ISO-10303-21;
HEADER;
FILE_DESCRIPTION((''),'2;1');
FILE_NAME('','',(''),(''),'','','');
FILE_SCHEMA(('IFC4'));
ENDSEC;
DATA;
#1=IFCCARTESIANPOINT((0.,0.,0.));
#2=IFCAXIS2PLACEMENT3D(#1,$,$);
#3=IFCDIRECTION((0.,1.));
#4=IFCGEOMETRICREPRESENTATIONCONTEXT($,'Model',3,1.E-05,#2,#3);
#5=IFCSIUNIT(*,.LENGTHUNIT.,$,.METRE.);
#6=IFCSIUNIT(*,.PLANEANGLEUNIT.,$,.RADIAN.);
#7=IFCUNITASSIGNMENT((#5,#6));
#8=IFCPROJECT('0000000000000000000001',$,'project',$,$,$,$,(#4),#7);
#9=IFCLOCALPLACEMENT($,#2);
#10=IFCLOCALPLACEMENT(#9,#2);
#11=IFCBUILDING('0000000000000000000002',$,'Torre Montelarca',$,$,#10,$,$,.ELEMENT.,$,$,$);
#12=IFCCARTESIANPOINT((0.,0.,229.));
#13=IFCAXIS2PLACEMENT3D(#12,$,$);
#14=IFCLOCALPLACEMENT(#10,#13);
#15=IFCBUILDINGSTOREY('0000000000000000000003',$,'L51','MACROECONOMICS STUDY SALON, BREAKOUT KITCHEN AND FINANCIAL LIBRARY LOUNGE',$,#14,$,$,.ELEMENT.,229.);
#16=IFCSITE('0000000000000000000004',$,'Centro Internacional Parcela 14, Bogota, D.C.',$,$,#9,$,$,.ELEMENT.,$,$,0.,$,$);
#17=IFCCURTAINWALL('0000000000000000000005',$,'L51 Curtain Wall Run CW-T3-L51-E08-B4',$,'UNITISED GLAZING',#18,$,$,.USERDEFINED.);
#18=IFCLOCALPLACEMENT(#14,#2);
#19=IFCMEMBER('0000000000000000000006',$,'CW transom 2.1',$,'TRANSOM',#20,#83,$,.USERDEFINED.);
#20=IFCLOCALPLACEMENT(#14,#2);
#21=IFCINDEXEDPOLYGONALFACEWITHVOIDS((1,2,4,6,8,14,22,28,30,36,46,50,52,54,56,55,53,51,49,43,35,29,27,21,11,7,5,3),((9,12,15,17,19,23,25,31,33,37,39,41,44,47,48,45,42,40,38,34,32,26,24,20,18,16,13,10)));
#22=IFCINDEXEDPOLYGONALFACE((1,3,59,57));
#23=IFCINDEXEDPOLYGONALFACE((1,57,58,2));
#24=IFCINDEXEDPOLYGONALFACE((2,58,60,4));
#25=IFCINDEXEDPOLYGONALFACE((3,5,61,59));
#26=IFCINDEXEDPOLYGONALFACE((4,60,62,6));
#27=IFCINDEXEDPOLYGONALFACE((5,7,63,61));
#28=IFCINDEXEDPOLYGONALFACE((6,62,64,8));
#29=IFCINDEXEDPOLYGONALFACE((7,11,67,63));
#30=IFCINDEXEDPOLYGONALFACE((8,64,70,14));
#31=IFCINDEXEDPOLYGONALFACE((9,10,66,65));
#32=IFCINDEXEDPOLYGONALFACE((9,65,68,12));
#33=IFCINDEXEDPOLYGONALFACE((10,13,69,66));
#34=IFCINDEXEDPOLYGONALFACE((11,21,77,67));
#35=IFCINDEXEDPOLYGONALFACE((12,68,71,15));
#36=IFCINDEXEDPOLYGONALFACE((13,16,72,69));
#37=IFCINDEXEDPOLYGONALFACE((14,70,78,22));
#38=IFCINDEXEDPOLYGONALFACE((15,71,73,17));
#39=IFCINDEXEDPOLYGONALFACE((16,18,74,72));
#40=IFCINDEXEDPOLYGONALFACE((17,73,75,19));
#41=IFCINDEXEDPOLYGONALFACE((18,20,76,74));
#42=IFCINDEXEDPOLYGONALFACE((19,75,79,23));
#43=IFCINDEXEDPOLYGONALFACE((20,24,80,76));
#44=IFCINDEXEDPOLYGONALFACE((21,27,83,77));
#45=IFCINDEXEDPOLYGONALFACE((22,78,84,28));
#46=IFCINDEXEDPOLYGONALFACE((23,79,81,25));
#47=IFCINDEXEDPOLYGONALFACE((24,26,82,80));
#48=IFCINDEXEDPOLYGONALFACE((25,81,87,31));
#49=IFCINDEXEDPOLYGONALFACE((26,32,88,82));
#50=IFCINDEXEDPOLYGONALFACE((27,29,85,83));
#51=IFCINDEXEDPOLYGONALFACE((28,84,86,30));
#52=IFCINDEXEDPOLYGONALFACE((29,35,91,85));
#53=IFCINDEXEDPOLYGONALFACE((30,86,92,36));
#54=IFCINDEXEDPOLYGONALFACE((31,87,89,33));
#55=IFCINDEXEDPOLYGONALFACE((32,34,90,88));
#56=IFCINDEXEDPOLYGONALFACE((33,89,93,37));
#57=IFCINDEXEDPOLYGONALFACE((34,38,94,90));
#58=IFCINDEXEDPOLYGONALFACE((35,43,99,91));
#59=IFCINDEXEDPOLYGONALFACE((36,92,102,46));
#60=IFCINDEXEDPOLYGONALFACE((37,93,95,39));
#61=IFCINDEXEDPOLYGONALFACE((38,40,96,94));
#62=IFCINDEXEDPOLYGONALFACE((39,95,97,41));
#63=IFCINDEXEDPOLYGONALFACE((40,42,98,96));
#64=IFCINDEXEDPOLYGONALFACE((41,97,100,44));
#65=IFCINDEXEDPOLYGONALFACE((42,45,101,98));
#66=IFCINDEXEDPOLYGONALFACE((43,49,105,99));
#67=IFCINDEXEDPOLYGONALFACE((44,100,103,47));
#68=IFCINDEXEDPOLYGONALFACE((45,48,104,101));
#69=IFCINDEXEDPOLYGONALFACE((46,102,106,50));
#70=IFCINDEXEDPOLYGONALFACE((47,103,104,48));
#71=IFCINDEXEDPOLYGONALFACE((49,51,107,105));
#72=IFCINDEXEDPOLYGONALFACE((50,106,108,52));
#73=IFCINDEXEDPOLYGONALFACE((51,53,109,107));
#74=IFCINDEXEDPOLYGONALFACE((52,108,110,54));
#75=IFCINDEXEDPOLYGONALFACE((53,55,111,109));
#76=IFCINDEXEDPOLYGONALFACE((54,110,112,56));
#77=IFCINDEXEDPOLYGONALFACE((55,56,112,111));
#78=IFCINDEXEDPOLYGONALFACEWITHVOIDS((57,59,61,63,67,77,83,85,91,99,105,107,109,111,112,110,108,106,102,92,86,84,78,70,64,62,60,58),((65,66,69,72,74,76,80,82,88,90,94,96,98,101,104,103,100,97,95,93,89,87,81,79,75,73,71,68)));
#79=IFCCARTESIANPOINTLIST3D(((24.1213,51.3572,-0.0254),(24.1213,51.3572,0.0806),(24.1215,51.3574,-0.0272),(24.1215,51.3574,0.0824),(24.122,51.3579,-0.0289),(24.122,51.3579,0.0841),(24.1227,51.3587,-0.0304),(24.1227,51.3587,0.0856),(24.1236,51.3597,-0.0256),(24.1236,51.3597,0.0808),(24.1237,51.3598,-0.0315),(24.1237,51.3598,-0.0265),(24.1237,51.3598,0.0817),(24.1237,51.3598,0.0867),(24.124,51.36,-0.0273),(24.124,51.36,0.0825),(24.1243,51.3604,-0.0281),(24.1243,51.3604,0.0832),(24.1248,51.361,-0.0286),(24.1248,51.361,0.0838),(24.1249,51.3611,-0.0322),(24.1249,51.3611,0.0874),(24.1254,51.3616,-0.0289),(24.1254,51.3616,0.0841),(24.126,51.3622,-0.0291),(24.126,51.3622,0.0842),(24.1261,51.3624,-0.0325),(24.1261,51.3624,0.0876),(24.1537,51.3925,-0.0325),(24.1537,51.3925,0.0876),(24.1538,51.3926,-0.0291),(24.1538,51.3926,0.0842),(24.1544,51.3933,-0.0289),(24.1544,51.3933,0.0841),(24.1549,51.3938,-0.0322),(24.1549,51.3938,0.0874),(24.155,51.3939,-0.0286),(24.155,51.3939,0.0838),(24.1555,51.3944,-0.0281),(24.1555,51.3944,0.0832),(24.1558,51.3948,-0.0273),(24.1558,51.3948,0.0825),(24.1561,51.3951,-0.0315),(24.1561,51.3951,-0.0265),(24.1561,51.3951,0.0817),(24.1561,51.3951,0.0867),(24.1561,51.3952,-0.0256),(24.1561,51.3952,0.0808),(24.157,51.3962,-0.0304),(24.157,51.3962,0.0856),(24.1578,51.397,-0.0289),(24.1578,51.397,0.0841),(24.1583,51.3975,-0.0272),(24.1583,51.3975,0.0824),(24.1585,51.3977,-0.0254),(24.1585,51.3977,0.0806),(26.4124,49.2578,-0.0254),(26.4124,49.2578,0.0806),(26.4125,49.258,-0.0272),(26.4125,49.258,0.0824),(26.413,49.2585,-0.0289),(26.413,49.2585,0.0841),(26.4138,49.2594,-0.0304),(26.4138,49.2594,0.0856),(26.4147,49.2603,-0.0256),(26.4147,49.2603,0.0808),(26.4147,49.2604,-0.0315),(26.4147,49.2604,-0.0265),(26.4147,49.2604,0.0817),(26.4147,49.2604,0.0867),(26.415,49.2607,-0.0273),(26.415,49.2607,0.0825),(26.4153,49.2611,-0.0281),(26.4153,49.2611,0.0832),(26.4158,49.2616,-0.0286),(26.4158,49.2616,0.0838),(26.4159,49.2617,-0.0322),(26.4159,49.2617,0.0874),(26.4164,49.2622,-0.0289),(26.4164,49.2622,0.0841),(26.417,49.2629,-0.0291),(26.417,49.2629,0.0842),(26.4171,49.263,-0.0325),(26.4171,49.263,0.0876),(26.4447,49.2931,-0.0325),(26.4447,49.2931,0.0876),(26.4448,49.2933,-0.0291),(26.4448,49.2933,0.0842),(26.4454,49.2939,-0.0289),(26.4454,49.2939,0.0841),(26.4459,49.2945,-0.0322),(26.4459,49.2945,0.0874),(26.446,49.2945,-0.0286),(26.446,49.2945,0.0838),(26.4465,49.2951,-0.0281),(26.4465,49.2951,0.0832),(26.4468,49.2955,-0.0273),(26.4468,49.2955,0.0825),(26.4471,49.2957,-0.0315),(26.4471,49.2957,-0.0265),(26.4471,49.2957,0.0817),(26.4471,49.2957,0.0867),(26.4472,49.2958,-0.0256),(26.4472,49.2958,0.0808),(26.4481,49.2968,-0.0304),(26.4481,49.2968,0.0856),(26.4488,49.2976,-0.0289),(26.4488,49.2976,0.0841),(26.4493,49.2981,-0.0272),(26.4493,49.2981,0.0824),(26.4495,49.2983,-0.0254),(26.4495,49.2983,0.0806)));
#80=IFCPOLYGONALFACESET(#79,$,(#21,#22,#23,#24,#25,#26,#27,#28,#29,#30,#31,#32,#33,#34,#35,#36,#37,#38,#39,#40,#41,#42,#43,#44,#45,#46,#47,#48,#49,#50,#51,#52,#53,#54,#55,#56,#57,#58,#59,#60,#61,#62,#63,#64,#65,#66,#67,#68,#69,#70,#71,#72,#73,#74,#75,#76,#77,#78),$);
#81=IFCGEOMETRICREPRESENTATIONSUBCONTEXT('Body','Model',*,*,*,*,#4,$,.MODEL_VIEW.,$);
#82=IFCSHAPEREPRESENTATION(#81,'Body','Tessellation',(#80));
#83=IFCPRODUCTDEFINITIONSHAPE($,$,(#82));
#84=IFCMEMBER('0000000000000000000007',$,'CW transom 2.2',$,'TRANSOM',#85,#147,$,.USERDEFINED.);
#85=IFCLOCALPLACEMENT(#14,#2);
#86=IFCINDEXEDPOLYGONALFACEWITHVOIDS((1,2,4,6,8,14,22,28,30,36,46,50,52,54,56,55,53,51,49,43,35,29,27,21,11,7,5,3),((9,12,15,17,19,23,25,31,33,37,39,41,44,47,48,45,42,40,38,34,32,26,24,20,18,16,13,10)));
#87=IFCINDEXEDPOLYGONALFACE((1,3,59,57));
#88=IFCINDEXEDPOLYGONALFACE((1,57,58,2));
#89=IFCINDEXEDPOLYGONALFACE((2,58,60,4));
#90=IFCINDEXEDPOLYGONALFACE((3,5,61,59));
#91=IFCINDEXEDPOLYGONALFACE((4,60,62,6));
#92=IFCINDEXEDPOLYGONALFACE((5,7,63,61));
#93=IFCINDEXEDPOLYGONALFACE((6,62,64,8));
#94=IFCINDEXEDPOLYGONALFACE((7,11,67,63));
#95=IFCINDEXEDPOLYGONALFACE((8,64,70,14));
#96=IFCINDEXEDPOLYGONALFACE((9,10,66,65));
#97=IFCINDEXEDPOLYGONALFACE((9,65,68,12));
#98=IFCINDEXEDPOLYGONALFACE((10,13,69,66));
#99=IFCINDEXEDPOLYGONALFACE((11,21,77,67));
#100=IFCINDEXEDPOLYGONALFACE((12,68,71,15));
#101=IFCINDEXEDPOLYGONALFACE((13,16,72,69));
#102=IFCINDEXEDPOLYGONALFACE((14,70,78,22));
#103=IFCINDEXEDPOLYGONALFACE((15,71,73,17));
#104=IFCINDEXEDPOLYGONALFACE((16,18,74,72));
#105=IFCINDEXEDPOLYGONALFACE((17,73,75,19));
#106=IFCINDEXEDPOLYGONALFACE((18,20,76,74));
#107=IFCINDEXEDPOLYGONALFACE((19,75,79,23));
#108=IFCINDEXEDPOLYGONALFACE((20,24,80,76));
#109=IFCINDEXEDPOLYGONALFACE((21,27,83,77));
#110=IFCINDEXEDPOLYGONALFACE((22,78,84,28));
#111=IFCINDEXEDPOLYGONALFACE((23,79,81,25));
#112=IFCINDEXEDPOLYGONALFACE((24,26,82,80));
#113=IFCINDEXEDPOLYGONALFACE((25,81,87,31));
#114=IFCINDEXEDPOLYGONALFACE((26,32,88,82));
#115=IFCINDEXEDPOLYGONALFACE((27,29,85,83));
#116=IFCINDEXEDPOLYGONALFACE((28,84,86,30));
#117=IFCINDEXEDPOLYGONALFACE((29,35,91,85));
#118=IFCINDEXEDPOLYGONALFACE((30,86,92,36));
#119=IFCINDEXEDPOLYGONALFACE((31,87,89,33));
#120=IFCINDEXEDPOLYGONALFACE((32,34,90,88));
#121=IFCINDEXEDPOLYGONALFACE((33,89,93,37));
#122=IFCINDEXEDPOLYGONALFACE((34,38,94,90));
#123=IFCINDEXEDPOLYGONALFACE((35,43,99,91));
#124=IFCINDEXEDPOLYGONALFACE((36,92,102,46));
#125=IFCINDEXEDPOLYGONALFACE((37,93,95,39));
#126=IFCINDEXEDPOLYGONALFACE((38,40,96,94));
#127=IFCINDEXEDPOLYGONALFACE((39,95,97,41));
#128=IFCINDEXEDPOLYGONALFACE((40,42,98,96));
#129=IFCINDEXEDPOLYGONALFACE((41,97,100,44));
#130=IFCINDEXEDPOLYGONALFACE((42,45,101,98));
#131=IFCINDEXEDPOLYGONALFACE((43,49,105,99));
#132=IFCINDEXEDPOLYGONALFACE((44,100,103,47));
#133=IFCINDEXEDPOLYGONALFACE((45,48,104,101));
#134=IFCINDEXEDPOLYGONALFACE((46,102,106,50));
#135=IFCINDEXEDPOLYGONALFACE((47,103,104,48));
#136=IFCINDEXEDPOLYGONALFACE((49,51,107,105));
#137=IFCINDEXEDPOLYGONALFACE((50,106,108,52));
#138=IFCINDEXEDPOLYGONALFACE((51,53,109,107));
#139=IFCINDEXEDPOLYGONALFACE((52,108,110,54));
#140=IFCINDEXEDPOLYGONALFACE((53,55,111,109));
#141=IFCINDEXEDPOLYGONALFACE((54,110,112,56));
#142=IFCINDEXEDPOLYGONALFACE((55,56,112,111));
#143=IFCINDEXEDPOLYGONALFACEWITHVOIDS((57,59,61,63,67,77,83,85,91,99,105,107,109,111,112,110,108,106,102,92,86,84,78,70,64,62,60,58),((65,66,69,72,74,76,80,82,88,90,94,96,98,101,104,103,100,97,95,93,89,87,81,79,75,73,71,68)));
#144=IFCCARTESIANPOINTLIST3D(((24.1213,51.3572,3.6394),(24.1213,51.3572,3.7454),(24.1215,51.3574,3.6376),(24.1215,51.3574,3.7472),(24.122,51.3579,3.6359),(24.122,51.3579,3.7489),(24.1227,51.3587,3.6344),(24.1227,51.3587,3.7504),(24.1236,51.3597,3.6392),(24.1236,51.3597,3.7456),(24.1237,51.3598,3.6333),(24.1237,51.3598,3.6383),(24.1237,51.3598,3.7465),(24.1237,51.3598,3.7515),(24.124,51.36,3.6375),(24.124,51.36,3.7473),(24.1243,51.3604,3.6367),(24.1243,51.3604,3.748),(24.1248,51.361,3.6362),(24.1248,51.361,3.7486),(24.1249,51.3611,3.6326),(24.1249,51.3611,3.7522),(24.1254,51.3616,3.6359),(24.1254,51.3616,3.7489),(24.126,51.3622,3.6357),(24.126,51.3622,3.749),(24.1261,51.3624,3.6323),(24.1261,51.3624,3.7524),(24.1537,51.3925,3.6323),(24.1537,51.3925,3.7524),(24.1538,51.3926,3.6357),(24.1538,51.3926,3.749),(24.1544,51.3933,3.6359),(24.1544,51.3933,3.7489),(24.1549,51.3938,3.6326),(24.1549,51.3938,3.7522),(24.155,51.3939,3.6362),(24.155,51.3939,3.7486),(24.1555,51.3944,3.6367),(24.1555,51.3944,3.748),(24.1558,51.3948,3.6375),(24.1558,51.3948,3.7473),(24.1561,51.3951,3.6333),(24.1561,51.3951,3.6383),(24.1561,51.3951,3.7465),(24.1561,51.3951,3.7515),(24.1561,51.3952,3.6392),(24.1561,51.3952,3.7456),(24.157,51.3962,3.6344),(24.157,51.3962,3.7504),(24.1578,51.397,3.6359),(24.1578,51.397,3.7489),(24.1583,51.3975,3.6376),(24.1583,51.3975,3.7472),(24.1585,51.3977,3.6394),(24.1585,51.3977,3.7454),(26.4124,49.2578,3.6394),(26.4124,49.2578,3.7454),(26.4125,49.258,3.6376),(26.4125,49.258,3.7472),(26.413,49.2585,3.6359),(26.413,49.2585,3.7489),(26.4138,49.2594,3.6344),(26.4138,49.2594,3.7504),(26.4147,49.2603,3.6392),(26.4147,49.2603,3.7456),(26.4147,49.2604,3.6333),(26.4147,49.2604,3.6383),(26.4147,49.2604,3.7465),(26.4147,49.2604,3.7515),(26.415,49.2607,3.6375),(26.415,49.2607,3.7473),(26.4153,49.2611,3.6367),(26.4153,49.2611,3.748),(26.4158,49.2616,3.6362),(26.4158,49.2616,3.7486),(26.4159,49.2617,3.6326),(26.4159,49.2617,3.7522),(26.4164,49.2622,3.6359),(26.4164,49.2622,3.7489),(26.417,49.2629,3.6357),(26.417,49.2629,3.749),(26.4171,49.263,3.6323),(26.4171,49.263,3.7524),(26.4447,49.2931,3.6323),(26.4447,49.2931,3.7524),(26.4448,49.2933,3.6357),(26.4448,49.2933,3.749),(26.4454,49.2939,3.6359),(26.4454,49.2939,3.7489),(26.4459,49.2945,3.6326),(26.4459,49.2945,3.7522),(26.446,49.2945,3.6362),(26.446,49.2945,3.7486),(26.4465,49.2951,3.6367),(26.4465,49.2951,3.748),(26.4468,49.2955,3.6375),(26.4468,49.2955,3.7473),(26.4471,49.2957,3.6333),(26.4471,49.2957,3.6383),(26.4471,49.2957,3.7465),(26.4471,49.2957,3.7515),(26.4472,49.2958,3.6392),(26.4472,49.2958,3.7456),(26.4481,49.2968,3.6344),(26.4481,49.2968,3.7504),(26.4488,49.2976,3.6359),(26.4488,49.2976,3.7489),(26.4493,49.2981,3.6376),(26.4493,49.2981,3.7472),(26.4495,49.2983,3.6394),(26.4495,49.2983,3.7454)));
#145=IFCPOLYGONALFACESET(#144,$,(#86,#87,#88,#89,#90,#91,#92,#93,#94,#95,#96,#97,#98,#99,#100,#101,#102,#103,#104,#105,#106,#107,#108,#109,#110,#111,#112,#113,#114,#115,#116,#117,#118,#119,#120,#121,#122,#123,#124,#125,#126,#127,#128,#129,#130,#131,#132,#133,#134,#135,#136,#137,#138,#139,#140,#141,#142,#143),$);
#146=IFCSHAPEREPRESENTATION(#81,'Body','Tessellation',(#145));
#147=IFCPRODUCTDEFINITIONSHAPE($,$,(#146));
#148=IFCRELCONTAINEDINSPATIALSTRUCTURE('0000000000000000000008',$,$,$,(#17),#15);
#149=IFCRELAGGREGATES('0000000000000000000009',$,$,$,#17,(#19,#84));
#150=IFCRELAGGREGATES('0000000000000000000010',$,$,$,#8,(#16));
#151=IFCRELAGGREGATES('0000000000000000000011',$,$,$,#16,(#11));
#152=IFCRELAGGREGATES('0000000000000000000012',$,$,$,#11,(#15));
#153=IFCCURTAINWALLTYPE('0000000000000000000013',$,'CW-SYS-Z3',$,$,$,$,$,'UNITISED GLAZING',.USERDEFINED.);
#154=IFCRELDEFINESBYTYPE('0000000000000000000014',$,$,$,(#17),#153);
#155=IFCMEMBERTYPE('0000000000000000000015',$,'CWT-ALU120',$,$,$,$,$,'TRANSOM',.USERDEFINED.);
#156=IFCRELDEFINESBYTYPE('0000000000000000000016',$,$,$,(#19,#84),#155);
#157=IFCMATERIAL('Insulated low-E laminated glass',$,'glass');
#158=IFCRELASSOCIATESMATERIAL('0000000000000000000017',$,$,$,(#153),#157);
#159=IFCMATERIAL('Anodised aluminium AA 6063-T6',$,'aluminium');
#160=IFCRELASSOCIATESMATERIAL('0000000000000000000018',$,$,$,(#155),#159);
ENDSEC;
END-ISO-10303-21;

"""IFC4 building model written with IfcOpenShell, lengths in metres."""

from ifc_helpers import new_model, si_unit, direction, frame, origin, origin_2d, place, context, subcontext, project, spatial, hollow_rectangle, extrude, source, transform, mapped, material, material_profile, profile_set, type_object, element, aggregate, save


model = new_model("IFC4")

# Units and contexts
model_context = context("Model", 3, precision=1e-05, world=origin(), true_north=direction((0.0, 1.0)))
body_context = subcontext(model_context, "Body", "Model", "MODEL_VIEW")
ifc_project = project(units=[si_unit("LENGTHUNIT", "METRE"), si_unit("PLANEANGLEUNIT", "RADIAN")], contexts=[model_context])

# Site, building, storey
site_placement = place(None, origin())
site = spatial("IfcSite", under=ifc_project, at=site_placement, Name="Centro Internacional Parcela 14, Bogota, D.C.", CompositionType="ELEMENT", RefElevation=0.0)
building_placement = place(site_placement, origin())
building = spatial("IfcBuilding", under=site, at=building_placement, Name="Torre Montelarca", CompositionType="ELEMENT")
storey_placement = place(building_placement, frame((0.0, 0.0, 229.0)))
storey = spatial("IfcBuildingStorey", under=building, at=storey_placement, Name="L51", Description="MACROECONOMICS STUDY SALON, BREAKOUT KITCHEN AND FINANCIAL LIBRARY LOUNGE", CompositionType="ELEMENT", Elevation=229.0)

# Curtain wall
ifc_material_1 = material(Name="Insulated low-E laminated glass", Category="glass")
curtain_wall_type = type_object("IfcCurtainWallType", Name="CW-SYS-Z3", ElementType="UNITISED GLAZING", PredefinedType="USERDEFINED", material=ifc_material_1)
curtain_wall_1_placement = place(storey_placement, origin())
curtain_wall_1 = element("IfcCurtainWall", 1, at=curtain_wall_1_placement, inside=storey, type_object=curtain_wall_type, Name="L51 Curtain Wall Run CW-T3-L51-E08-B4", ObjectType="UNITISED GLAZING", PredefinedType="USERDEFINED")
ifc_material_2 = material(Name="Anodised aluminium AA 6063-T6", Category="aluminium")

# Members
ifc_material_profile_1 = material_profile(ifc_material_2, hollow_rectangle(XDim=0.0549, YDim=0.1201, WallThickness=0.0034, InnerFilletRadius=0.0034, OuterFilletRadius=0.0071, at=origin_2d()), Name="ALU55X120X3.5", Category="aluminium")
ifc_profile_set_1 = profile_set([ifc_material_profile_1], Name="Anodised aluminium AA 6063-T6")
member_type_1 = type_object("IfcMemberType", Name="CWT-ALU120", ElementType="TRANSOM", PredefinedType="USERDEFINED", material=ifc_profile_set_1)
shared_shape_1 = source(origin(), body_context, "Body", "SweptSolid", [
    extrude(hollow_rectangle(XDim=0.0549, YDim=0.1201, WallThickness=0.0034, InnerFilletRadius=0.0034, OuterFilletRadius=0.0071, at=origin_2d()), origin(), (0.0, 0.0, 1.0), 3.1074),
])
member_1_placement = place(storey_placement, frame((26.4309, 49.2781, 0.0276), z_axis=(-0.737272, 0.675597, 0.0), x_axis=(-0.675597, -0.737272, 0.0)))
member_1 = element("IfcMember", 2, at=member_1_placement, type_object=member_type_1, Name="CW transom 2.1", ObjectType="TRANSOM", PredefinedType="USERDEFINED", context=body_context, shape_type="MappedRepresentation", body=[
    mapped(shared_shape_1, transform((0.0, 0.0, 0.0), scale=1.0)),
])
member_2_placement = place(storey_placement, frame((26.4309, 49.2781, 3.6924), z_axis=(-0.737272, 0.675597, 0.0), x_axis=(-0.675597, -0.737272, 0.0)))
member_2 = element("IfcMember", 3, at=member_2_placement, type_object=member_type_1, Name="CW transom 2.2", ObjectType="TRANSOM", PredefinedType="USERDEFINED", context=body_context, shape_type="MappedRepresentation", body=[
    mapped(shared_shape_1, transform((0.0, 0.0, 0.0), scale=1.0)),
])

aggregate(curtain_wall_1, [member_1, member_2])

save(model, "model.ifc")
